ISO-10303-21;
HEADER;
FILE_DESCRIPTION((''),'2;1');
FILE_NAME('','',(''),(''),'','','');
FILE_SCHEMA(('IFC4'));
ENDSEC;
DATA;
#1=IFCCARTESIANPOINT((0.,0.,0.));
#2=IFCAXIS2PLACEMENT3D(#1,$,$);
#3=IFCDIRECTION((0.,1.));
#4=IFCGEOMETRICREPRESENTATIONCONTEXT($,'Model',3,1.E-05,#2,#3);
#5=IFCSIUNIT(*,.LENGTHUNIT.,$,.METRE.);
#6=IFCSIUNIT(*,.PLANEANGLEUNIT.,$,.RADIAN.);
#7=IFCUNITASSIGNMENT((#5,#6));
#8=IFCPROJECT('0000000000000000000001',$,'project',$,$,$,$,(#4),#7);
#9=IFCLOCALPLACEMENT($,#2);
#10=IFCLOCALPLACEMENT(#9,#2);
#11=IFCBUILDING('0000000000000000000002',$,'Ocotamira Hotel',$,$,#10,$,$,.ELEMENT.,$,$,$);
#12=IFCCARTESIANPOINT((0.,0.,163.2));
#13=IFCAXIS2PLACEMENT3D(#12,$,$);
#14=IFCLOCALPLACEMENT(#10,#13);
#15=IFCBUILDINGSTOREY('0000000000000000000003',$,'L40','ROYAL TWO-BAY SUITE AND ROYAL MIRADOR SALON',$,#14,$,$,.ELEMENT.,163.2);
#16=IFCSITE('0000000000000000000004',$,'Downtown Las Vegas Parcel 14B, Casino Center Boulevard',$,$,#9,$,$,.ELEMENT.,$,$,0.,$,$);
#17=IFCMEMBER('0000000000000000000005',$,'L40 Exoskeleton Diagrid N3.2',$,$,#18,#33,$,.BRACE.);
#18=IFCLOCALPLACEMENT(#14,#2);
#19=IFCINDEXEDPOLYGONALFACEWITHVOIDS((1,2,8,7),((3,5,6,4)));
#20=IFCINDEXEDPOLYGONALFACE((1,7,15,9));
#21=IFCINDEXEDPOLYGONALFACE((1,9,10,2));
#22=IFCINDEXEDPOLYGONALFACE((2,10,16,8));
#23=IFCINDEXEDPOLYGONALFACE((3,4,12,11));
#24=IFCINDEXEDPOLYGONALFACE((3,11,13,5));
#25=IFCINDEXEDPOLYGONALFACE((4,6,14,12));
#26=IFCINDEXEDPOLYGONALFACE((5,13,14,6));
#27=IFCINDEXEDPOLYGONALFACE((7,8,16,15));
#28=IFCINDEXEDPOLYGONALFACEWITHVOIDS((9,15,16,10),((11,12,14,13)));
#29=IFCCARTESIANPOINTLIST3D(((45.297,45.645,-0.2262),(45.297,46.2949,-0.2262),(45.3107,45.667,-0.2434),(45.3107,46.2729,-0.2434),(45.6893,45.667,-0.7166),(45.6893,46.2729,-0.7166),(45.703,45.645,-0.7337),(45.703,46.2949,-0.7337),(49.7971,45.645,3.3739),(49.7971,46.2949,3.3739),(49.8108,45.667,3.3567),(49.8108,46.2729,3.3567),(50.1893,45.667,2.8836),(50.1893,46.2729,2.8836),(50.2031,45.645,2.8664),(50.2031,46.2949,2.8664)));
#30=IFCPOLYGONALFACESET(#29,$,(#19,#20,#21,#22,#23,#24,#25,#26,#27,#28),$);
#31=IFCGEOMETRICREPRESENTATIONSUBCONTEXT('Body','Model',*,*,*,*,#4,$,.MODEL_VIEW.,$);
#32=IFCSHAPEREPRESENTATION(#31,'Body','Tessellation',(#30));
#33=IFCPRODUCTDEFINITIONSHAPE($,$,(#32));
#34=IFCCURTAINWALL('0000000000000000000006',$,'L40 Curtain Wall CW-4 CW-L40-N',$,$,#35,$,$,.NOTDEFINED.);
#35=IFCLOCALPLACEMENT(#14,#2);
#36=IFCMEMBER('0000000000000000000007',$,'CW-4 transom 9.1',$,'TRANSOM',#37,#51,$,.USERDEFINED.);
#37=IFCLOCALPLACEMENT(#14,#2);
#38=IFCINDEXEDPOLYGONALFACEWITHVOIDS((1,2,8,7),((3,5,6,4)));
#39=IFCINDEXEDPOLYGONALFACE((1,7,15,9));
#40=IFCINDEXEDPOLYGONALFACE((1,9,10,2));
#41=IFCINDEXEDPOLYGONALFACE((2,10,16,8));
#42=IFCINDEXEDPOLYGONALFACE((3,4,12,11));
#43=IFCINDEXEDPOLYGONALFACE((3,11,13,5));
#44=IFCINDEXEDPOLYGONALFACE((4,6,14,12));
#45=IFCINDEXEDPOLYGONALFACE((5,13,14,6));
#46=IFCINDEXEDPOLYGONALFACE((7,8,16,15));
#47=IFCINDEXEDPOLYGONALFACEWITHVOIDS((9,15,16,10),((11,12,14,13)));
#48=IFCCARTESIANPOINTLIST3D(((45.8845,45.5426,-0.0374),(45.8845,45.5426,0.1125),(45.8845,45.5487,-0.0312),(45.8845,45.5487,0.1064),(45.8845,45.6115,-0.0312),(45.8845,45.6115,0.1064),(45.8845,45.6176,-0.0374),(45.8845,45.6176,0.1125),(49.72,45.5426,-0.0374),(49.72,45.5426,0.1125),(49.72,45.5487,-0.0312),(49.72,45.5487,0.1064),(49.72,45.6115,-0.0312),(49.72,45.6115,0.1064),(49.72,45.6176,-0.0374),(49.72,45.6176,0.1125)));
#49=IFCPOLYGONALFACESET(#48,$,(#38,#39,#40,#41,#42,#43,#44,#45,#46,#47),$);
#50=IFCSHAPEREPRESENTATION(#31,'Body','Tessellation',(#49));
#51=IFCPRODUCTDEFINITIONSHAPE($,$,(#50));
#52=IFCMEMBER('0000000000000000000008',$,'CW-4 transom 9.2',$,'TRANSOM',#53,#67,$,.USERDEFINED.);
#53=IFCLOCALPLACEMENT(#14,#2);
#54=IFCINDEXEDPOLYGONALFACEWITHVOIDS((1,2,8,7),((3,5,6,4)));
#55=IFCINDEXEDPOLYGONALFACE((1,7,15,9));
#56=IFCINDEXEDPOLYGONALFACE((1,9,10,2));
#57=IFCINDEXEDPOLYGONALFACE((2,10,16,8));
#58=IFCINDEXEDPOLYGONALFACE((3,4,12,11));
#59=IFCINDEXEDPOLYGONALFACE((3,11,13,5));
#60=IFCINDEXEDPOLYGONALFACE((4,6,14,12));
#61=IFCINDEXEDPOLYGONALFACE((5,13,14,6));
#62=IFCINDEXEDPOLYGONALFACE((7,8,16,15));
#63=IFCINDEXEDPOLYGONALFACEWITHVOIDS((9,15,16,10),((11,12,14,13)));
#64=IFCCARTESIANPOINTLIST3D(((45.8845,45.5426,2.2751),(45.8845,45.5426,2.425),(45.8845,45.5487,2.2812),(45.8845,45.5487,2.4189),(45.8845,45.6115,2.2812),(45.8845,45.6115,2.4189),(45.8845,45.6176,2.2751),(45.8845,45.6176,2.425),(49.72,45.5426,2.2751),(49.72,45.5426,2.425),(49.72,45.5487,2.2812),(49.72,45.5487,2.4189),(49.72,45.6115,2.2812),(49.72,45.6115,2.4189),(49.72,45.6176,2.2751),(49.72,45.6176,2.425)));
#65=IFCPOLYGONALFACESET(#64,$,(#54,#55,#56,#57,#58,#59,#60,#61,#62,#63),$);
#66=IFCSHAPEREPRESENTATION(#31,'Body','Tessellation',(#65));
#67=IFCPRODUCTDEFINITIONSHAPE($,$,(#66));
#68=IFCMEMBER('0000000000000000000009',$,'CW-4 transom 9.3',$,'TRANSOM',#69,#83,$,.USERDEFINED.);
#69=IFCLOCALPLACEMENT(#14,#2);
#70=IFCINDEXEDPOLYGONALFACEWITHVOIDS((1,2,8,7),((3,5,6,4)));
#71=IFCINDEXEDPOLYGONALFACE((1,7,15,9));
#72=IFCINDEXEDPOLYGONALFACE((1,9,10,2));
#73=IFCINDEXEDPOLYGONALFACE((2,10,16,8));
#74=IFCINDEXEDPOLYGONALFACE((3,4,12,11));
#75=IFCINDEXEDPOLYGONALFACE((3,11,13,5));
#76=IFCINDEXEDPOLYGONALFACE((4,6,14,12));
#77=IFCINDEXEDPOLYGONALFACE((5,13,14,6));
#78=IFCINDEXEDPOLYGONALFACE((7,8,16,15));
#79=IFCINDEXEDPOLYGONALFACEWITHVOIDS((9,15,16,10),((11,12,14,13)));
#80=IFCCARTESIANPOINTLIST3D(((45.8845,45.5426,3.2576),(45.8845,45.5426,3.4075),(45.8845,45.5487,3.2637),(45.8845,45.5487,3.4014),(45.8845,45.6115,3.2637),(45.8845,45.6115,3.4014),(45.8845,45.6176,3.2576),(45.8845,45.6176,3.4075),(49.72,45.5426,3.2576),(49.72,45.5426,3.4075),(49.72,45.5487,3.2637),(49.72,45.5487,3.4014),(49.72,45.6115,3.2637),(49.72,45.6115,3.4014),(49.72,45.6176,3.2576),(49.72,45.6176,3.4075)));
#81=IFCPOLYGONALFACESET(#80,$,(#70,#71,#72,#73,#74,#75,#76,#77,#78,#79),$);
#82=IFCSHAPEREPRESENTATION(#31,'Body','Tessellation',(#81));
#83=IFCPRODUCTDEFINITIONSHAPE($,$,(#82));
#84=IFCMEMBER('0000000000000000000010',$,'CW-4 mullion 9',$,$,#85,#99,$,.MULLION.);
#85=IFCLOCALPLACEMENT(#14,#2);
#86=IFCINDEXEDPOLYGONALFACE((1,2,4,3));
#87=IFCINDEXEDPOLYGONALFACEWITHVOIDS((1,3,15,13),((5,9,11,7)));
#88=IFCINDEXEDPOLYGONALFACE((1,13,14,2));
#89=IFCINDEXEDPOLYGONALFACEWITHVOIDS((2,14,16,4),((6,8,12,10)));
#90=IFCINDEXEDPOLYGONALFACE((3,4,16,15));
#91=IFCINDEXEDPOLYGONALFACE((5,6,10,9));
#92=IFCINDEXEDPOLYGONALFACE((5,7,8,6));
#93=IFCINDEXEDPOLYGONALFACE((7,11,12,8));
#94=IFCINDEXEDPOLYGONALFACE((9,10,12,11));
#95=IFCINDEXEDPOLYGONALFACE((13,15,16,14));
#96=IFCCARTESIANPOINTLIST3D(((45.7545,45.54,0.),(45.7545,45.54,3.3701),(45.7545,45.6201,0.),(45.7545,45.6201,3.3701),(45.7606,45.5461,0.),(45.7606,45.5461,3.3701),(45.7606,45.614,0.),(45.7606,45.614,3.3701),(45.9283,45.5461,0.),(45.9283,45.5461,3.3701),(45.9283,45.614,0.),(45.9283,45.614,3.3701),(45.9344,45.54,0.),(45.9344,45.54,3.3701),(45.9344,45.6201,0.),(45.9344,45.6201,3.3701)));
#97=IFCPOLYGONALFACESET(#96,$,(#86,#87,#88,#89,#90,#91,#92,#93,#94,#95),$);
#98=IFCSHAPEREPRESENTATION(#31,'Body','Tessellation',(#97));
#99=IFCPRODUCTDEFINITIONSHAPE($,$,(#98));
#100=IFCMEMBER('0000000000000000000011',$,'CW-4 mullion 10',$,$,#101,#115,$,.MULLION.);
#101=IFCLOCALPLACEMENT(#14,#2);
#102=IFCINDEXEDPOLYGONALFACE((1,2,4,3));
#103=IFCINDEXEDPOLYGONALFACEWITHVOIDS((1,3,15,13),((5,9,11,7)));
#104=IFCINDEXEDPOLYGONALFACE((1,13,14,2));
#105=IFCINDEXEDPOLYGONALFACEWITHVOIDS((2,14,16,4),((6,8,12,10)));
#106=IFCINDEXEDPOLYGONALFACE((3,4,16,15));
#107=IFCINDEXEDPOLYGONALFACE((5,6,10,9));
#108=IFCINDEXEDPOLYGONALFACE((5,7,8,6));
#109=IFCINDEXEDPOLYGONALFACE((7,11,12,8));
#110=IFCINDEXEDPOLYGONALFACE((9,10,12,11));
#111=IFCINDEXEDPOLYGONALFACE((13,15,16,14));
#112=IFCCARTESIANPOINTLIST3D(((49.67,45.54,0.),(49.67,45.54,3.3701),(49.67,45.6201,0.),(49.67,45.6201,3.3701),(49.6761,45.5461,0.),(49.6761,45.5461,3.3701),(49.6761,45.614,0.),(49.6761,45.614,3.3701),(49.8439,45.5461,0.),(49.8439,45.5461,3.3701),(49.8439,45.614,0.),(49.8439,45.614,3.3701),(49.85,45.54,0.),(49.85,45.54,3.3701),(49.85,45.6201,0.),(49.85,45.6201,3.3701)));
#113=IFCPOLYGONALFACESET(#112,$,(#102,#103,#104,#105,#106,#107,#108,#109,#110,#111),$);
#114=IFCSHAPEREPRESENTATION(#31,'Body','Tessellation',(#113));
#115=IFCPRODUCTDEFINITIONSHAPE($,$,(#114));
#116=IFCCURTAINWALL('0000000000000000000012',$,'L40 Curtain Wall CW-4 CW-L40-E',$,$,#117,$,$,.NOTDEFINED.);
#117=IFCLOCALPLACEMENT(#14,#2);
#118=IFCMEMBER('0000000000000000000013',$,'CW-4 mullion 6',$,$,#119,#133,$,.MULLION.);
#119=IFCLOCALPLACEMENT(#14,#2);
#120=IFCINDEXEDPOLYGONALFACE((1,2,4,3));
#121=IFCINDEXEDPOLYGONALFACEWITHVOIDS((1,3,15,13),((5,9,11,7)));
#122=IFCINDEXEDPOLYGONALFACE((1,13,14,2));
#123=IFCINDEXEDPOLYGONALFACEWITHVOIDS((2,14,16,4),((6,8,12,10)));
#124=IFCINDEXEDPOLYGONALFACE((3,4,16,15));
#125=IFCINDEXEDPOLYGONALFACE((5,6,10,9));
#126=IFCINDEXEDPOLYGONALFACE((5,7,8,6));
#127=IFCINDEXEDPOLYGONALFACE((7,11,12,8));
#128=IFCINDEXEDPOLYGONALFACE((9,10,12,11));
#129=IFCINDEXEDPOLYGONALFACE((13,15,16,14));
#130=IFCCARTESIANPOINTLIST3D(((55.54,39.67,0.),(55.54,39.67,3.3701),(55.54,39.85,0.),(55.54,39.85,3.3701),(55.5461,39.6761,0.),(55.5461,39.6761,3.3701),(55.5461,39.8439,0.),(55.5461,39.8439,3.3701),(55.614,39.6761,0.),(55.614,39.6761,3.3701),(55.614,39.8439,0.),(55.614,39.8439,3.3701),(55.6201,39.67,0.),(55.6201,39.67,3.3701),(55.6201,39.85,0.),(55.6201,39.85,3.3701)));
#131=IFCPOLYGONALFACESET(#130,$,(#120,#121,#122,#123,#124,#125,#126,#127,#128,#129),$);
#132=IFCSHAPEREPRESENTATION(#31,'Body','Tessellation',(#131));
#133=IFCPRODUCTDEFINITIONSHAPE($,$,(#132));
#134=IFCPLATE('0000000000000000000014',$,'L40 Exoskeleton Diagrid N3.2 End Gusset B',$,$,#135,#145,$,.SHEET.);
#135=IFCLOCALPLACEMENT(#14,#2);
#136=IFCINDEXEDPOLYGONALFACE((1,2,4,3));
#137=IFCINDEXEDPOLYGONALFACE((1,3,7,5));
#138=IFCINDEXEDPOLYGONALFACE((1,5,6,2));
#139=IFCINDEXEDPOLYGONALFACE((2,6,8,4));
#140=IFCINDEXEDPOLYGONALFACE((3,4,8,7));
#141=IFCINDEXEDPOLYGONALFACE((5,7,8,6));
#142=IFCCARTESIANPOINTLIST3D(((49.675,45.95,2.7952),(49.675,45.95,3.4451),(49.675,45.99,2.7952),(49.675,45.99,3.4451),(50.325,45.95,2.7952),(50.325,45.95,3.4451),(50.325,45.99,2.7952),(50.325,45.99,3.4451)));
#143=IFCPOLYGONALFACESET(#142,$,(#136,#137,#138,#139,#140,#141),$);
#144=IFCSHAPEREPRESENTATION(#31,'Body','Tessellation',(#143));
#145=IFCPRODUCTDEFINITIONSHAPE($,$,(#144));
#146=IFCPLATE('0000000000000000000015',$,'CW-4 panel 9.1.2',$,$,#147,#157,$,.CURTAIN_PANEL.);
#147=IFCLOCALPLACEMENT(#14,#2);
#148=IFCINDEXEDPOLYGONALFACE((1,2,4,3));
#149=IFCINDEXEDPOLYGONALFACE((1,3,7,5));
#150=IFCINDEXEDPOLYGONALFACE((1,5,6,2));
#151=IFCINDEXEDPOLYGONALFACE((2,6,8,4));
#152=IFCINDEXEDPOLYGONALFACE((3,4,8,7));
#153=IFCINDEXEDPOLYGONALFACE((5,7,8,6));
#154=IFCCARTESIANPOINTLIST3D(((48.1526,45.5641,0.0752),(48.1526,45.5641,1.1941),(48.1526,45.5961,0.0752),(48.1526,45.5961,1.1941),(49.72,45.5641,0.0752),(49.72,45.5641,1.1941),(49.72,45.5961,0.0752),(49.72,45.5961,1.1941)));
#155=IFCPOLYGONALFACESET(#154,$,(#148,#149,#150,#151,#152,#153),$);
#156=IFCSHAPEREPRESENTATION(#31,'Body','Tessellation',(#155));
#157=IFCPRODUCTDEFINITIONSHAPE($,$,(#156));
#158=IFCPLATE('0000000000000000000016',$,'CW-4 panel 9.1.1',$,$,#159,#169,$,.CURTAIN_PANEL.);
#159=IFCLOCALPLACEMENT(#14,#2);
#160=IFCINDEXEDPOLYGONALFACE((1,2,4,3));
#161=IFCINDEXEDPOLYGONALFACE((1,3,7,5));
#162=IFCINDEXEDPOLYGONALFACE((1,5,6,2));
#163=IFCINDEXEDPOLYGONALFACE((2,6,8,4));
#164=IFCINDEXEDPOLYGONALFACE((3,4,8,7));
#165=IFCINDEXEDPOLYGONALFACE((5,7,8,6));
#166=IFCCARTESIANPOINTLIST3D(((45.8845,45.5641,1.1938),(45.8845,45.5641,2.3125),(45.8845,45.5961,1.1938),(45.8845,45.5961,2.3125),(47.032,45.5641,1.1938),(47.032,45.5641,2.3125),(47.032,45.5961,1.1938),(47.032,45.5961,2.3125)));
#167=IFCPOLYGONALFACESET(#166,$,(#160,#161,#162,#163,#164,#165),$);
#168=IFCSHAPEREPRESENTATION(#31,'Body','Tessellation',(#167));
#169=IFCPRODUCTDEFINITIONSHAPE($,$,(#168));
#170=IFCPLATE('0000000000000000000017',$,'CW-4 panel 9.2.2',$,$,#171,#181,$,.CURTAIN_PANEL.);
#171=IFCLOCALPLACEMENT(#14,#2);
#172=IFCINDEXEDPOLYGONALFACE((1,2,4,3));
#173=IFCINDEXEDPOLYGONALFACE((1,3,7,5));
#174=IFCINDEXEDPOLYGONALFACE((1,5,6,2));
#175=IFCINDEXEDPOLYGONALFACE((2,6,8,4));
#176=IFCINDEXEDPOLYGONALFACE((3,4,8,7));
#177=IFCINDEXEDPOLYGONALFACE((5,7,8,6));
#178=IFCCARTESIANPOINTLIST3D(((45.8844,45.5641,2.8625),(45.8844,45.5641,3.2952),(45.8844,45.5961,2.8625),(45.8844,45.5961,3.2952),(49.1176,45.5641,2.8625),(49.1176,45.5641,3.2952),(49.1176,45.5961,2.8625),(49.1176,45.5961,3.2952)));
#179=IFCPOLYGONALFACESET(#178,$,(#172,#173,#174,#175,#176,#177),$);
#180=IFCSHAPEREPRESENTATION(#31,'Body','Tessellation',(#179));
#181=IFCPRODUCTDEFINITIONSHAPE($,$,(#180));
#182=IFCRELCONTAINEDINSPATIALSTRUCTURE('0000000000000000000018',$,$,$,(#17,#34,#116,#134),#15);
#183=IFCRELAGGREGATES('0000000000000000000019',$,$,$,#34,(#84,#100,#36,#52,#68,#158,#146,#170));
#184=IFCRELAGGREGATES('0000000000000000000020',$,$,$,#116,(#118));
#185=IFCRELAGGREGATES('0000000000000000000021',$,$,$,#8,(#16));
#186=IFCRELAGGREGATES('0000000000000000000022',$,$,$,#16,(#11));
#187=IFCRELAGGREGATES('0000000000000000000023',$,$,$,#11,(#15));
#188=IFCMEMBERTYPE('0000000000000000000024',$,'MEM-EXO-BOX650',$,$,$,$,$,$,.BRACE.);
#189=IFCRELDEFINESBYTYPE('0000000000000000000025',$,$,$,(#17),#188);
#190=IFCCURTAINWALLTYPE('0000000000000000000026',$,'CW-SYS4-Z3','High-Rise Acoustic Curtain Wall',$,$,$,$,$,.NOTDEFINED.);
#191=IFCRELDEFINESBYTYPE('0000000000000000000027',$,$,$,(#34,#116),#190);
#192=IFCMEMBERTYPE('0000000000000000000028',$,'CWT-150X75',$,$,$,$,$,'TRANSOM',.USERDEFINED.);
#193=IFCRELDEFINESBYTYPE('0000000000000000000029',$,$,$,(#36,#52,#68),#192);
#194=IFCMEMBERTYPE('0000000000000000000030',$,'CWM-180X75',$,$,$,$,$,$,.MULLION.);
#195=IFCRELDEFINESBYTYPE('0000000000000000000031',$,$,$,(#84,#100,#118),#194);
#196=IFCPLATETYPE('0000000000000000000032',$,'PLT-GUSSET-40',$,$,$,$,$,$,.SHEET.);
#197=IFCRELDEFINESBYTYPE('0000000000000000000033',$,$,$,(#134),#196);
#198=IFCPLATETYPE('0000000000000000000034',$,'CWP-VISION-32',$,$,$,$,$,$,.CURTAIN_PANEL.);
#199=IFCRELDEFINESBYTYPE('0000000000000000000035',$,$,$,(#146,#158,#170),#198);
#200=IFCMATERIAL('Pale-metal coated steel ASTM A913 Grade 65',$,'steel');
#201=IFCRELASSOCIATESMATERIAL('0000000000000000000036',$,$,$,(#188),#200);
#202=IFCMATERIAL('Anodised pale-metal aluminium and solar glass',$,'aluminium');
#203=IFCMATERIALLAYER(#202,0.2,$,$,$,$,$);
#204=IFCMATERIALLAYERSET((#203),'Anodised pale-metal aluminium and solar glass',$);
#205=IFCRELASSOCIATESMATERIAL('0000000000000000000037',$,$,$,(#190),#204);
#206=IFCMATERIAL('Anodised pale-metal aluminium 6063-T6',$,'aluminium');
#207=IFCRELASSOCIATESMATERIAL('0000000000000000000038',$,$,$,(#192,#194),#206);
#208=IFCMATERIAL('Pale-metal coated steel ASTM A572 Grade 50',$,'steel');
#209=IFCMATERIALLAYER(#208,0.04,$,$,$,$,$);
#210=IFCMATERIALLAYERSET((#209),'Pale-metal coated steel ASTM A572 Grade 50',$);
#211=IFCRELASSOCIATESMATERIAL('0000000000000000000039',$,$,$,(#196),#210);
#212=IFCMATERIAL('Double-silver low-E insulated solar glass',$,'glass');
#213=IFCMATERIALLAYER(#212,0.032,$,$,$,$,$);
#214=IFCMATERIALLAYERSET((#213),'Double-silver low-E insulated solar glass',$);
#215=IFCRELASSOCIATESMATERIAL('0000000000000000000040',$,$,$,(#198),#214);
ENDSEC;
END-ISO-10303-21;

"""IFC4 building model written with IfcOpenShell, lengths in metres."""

from ifc_helpers import new_model, si_unit, direction, frame, origin, origin_2d, place, context, subcontext, project, spatial, rectangle, hollow_rectangle, extrude, source, transform, mapped, material, layer, layer_set, material_profile, profile_set, type_object, element, aggregate, save


model = new_model("IFC4")

# Units and contexts
model_context = context("Model", 3, precision=1e-05, world=origin(), true_north=direction((0.0, 1.0)))
body_context = subcontext(model_context, "Body", "Model", "MODEL_VIEW")
ifc_project = project(units=[si_unit("LENGTHUNIT", "METRE"), si_unit("PLANEANGLEUNIT", "RADIAN")], contexts=[model_context])

# Site, building, storey
site_placement = place(None, origin())
site = spatial("IfcSite", under=ifc_project, at=site_placement, Name="Downtown Las Vegas Parcel 14B, Casino Center Boulevard", CompositionType="ELEMENT", RefElevation=0.0)
building_placement = place(site_placement, origin())
building = spatial("IfcBuilding", under=site, at=building_placement, Name="Ocotamira Hotel", CompositionType="ELEMENT")
storey_placement = place(building_placement, frame((0.0, 0.0, 163.2)))
storey = spatial("IfcBuildingStorey", under=building, at=storey_placement, Name="L40", Description="ROYAL TWO-BAY SUITE AND ROYAL MIRADOR SALON", CompositionType="ELEMENT", Elevation=163.2)

# Member
ifc_material_1 = material(Name="Pale-metal coated steel ASTM A913 Grade 65", Category="steel")
ifc_material_profile_1 = material_profile(ifc_material_1, hollow_rectangle(XDim=0.6499, YDim=0.6499, WallThickness=0.022, at=origin_2d()), Name="BOX650X650X22")
ifc_profile_set_1 = profile_set([ifc_material_profile_1], Name="Pale-metal coated steel ASTM A913 Grade 65")
member_type_1 = type_object("IfcMemberType", Name="MEM-EXO-BOX650", PredefinedType="BRACE", material=ifc_profile_set_1)
shared_shape_1 = source(origin(), body_context, "Body", "SweptSolid", [
    extrude(hollow_rectangle(XDim=0.6499, YDim=0.6499, WallThickness=0.022, at=origin_2d()), origin(), (0.0, 0.0, 1.0), 5.7629),
])
for number, where, z_axis, x_axis, name in (
    (1, (45.5, 45.97, -0.48), (0.780861, 0.0, 0.624705), (0.0, 1.0, 0.0), "L40 Exoskeleton Diagrid N3.2"),
):
    element("IfcMember", number, at=place(storey_placement, frame(where, z_axis=z_axis, x_axis=x_axis)), inside=storey, type_object=member_type_1, Name=name, PredefinedType="BRACE", context=body_context, shape_type="MappedRepresentation", body=[
        mapped(shared_shape_1, transform((0.0, 0.0, 0.0), scale=1.0)),
    ])

# Curtain wall, members
ifc_material_2 = material(Name="Anodised pale-metal aluminium and solar glass", Category="aluminium")
ifc_layer_1 = layer(ifc_material_2, 0.2)
ifc_layer_set_1 = layer_set([ifc_layer_1], Name="Anodised pale-metal aluminium and solar glass")
curtain_wall_type = type_object("IfcCurtainWallType", Name="CW-SYS4-Z3", Description="High-Rise Acoustic Curtain Wall", PredefinedType="NOTDEFINED", material=ifc_layer_set_1)
curtain_wall_1_placement = place(storey_placement, origin())
curtain_wall_1 = element("IfcCurtainWall", 2, at=curtain_wall_1_placement, inside=storey, type_object=curtain_wall_type, Name="L40 Curtain Wall CW-4 CW-L40-N", PredefinedType="NOTDEFINED")
ifc_material_3 = material(Name="Anodised pale-metal aluminium 6063-T6", Category="aluminium")
ifc_material_profile_2 = material_profile(ifc_material_3, hollow_rectangle(XDim=0.075, YDim=0.1499, WallThickness=0.0061, at=origin_2d()), Name="HSS150X75X6")
ifc_profile_set_2 = profile_set([ifc_material_profile_2], Name="Anodised pale-metal aluminium 6063-T6")
member_type_2 = type_object("IfcMemberType", Name="CWT-150X75", ElementType="TRANSOM", PredefinedType="USERDEFINED", material=ifc_profile_set_2)
shared_shape_2 = source(origin(), body_context, "Body", "SweptSolid", [
    extrude(hollow_rectangle(XDim=0.075, YDim=0.1499, WallThickness=0.0061, at=origin_2d()), origin(), (0.0, 0.0, 1.0), 3.8354),
])
member_1_placement = place(storey_placement, frame((45.8845, 45.5801, 0.0376), z_axis=(1.0, 0.0, 0.0), x_axis=(0.0, 1.0, 0.0)))
member_1 = element("IfcMember", 3, at=member_1_placement, type_object=member_type_2, Name="CW-4 transom 9.1", ObjectType="TRANSOM", PredefinedType="USERDEFINED", context=body_context, shape_type="MappedRepresentation", body=[
    mapped(shared_shape_2, transform((0.0, 0.0, 0.0), scale=1.0)),
])
member_2_placement = place(storey_placement, frame((45.8845, 45.5801, 2.3501), z_axis=(1.0, 0.0, 0.0), x_axis=(0.0, 1.0, 0.0)))
member_2 = element("IfcMember", 4, at=member_2_placement, type_object=member_type_2, Name="CW-4 transom 9.2", ObjectType="TRANSOM", PredefinedType="USERDEFINED", context=body_context, shape_type="MappedRepresentation", body=[
    mapped(shared_shape_2, transform((0.0, 0.0, 0.0), scale=1.0)),
])
member_3_placement = place(storey_placement, frame((45.8845, 45.5801, 3.3325), z_axis=(1.0, 0.0, 0.0), x_axis=(0.0, 1.0, 0.0)))
member_3 = element("IfcMember", 5, at=member_3_placement, type_object=member_type_2, Name="CW-4 transom 9.3", ObjectType="TRANSOM", PredefinedType="USERDEFINED", context=body_context, shape_type="MappedRepresentation", body=[
    mapped(shared_shape_2, transform((0.0, 0.0, 0.0), scale=1.0)),
])
ifc_material_profile_3 = material_profile(ifc_material_3, hollow_rectangle(XDim=0.0801, YDim=0.1799, WallThickness=0.0061, at=origin_2d()), Name="HSS180X80X6")
ifc_profile_set_3 = profile_set([ifc_material_profile_3], Name="Anodised pale-metal aluminium 6063-T6")
member_type_3 = type_object("IfcMemberType", Name="CWM-180X75", PredefinedType="MULLION", material=ifc_profile_set_3)
shared_shape_3 = source(origin(), body_context, "Body", "SweptSolid", [
    extrude(hollow_rectangle(XDim=0.0801, YDim=0.1799, WallThickness=0.0061, at=origin_2d()), origin(), (0.0, 0.0, 1.0), 3.3701),
])
member_4_placement = place(storey_placement, frame((45.8445, 45.5801, 0.0), z_axis=(0.0, 0.0, 1.0), x_axis=(0.0, 1.0, 0.0)))
member_4 = element("IfcMember", 6, at=member_4_placement, type_object=member_type_3, Name="CW-4 mullion 9", PredefinedType="MULLION", context=body_context, shape_type="MappedRepresentation", body=[
    mapped(shared_shape_3, transform((0.0, 0.0, 0.0), scale=1.0)),
])
member_5_placement = place(storey_placement, frame((49.76, 45.5801, 0.0), z_axis=(0.0, 0.0, 1.0), x_axis=(0.0, 1.0, 0.0)))
member_5 = element("IfcMember", 7, at=member_5_placement, type_object=member_type_3, Name="CW-4 mullion 10", PredefinedType="MULLION", context=body_context, shape_type="MappedRepresentation", body=[
    mapped(shared_shape_3, transform((0.0, 0.0, 0.0), scale=1.0)),
])

# Curtain wall, member
curtain_wall_2_placement = place(storey_placement, origin())
curtain_wall_2 = element("IfcCurtainWall", 8, at=curtain_wall_2_placement, inside=storey, type_object=curtain_wall_type, Name="L40 Curtain Wall CW-4 CW-L40-E", PredefinedType="NOTDEFINED")
member_6_placement = place(storey_placement, frame((55.5801, 39.76, 0.0), z_axis=(0.0, 0.0, 1.0), x_axis=(-1.0, 0.0, 0.0)))
member_6 = element("IfcMember", 9, at=member_6_placement, type_object=member_type_3, Name="CW-4 mullion 6", PredefinedType="MULLION", context=body_context, shape_type="MappedRepresentation", body=[
    mapped(shared_shape_3, transform((0.0, 0.0, 0.0), scale=1.0)),
])

# Plates
ifc_material_4 = material(Name="Pale-metal coated steel ASTM A572 Grade 50", Category="steel")
ifc_layer_2 = layer(ifc_material_4, 0.04)
ifc_layer_set_2 = layer_set([ifc_layer_2], Name="Pale-metal coated steel ASTM A572 Grade 50")
plate_type_1 = type_object("IfcPlateType", Name="PLT-GUSSET-40", PredefinedType="SHEET", material=ifc_layer_set_2)
shared_shape_4 = source(origin(), body_context, "Body", "SweptSolid", [
    extrude(rectangle(XDim=0.6499, YDim=0.04, at=origin_2d()), origin(), (0.0, 0.0, 1.0), 0.6499),
])
plate_1_placement = place(storey_placement, frame((50.0, 45.97, 2.7952), z_axis=(0.0, 0.0, 1.0), x_axis=(1.0, 0.0, 0.0)))
element("IfcPlate", 10, at=plate_1_placement, inside=storey, type_object=plate_type_1, Name="L40 Exoskeleton Diagrid N3.2 End Gusset B", PredefinedType="SHEET", context=body_context, shape_type="MappedRepresentation", body=[
    mapped(shared_shape_4, transform((0.0, 0.0, 0.0), scale=1.0)),
])
ifc_material_5 = material(Name="Double-silver low-E insulated solar glass", Category="glass")
ifc_layer_3 = layer(ifc_material_5, 0.032)
ifc_layer_set_3 = layer_set([ifc_layer_3], Name="Double-silver low-E insulated solar glass")
plate_type_2 = type_object("IfcPlateType", Name="CWP-VISION-32", PredefinedType="CURTAIN_PANEL", material=ifc_layer_set_3)
shared_shape_5 = source(origin(), body_context, "Body", "SweptSolid", [
    extrude(rectangle(XDim=1.5674, YDim=0.032, at=origin_2d()), origin(), (0.0, 0.0, 1.0), 1.1189),
])
plate_2_placement = place(storey_placement, frame((48.9363, 45.5801, 0.0752), z_axis=(0.0, 0.0, 1.0), x_axis=(1.0, 0.0, 0.0)))
plate_2 = element("IfcPlate", 11, at=plate_2_placement, type_object=plate_type_2, Name="CW-4 panel 9.1.2", PredefinedType="CURTAIN_PANEL", context=body_context, shape_type="MappedRepresentation", body=[
    mapped(shared_shape_5, transform((0.0, 0.0, 0.0), scale=1.0)),
])
shared_shape_6 = source(origin(), body_context, "Body", "SweptSolid", [
    extrude(rectangle(XDim=1.1475, YDim=0.032, at=origin_2d()), origin(), (0.0, 0.0, 1.0), 1.1187),
])
plate_3_placement = place(storey_placement, frame((46.4583, 45.5801, 1.1938), z_axis=(0.0, 0.0, 1.0), x_axis=(1.0, 0.0, 0.0)))
plate_3 = element("IfcPlate", 12, at=plate_3_placement, type_object=plate_type_2, Name="CW-4 panel 9.1.1", PredefinedType="CURTAIN_PANEL", context=body_context, shape_type="MappedRepresentation", body=[
    mapped(shared_shape_6, transform((0.0, 0.0, 0.0), scale=1.0)),
])
shared_shape_7 = source(origin(), body_context, "Body", "SweptSolid", [
    extrude(rectangle(XDim=3.2332, YDim=0.032, at=origin_2d()), origin(), (0.0, 0.0, 1.0), 0.4326),
])
plate_4_placement = place(storey_placement, frame((47.501, 45.5801, 2.8625), z_axis=(0.0, 0.0, 1.0), x_axis=(1.0, 0.0, 0.0)))
plate_4 = element("IfcPlate", 13, at=plate_4_placement, type_object=plate_type_2, Name="CW-4 panel 9.2.2", PredefinedType="CURTAIN_PANEL", context=body_context, shape_type="MappedRepresentation", body=[
    mapped(shared_shape_7, transform((0.0, 0.0, 0.0), scale=1.0)),
])
aggregate(curtain_wall_1, [member_4, member_5, member_1, member_2, member_3, plate_3, plate_2, plate_4])
aggregate(curtain_wall_2, [member_6])

save(model, "model.ifc")
